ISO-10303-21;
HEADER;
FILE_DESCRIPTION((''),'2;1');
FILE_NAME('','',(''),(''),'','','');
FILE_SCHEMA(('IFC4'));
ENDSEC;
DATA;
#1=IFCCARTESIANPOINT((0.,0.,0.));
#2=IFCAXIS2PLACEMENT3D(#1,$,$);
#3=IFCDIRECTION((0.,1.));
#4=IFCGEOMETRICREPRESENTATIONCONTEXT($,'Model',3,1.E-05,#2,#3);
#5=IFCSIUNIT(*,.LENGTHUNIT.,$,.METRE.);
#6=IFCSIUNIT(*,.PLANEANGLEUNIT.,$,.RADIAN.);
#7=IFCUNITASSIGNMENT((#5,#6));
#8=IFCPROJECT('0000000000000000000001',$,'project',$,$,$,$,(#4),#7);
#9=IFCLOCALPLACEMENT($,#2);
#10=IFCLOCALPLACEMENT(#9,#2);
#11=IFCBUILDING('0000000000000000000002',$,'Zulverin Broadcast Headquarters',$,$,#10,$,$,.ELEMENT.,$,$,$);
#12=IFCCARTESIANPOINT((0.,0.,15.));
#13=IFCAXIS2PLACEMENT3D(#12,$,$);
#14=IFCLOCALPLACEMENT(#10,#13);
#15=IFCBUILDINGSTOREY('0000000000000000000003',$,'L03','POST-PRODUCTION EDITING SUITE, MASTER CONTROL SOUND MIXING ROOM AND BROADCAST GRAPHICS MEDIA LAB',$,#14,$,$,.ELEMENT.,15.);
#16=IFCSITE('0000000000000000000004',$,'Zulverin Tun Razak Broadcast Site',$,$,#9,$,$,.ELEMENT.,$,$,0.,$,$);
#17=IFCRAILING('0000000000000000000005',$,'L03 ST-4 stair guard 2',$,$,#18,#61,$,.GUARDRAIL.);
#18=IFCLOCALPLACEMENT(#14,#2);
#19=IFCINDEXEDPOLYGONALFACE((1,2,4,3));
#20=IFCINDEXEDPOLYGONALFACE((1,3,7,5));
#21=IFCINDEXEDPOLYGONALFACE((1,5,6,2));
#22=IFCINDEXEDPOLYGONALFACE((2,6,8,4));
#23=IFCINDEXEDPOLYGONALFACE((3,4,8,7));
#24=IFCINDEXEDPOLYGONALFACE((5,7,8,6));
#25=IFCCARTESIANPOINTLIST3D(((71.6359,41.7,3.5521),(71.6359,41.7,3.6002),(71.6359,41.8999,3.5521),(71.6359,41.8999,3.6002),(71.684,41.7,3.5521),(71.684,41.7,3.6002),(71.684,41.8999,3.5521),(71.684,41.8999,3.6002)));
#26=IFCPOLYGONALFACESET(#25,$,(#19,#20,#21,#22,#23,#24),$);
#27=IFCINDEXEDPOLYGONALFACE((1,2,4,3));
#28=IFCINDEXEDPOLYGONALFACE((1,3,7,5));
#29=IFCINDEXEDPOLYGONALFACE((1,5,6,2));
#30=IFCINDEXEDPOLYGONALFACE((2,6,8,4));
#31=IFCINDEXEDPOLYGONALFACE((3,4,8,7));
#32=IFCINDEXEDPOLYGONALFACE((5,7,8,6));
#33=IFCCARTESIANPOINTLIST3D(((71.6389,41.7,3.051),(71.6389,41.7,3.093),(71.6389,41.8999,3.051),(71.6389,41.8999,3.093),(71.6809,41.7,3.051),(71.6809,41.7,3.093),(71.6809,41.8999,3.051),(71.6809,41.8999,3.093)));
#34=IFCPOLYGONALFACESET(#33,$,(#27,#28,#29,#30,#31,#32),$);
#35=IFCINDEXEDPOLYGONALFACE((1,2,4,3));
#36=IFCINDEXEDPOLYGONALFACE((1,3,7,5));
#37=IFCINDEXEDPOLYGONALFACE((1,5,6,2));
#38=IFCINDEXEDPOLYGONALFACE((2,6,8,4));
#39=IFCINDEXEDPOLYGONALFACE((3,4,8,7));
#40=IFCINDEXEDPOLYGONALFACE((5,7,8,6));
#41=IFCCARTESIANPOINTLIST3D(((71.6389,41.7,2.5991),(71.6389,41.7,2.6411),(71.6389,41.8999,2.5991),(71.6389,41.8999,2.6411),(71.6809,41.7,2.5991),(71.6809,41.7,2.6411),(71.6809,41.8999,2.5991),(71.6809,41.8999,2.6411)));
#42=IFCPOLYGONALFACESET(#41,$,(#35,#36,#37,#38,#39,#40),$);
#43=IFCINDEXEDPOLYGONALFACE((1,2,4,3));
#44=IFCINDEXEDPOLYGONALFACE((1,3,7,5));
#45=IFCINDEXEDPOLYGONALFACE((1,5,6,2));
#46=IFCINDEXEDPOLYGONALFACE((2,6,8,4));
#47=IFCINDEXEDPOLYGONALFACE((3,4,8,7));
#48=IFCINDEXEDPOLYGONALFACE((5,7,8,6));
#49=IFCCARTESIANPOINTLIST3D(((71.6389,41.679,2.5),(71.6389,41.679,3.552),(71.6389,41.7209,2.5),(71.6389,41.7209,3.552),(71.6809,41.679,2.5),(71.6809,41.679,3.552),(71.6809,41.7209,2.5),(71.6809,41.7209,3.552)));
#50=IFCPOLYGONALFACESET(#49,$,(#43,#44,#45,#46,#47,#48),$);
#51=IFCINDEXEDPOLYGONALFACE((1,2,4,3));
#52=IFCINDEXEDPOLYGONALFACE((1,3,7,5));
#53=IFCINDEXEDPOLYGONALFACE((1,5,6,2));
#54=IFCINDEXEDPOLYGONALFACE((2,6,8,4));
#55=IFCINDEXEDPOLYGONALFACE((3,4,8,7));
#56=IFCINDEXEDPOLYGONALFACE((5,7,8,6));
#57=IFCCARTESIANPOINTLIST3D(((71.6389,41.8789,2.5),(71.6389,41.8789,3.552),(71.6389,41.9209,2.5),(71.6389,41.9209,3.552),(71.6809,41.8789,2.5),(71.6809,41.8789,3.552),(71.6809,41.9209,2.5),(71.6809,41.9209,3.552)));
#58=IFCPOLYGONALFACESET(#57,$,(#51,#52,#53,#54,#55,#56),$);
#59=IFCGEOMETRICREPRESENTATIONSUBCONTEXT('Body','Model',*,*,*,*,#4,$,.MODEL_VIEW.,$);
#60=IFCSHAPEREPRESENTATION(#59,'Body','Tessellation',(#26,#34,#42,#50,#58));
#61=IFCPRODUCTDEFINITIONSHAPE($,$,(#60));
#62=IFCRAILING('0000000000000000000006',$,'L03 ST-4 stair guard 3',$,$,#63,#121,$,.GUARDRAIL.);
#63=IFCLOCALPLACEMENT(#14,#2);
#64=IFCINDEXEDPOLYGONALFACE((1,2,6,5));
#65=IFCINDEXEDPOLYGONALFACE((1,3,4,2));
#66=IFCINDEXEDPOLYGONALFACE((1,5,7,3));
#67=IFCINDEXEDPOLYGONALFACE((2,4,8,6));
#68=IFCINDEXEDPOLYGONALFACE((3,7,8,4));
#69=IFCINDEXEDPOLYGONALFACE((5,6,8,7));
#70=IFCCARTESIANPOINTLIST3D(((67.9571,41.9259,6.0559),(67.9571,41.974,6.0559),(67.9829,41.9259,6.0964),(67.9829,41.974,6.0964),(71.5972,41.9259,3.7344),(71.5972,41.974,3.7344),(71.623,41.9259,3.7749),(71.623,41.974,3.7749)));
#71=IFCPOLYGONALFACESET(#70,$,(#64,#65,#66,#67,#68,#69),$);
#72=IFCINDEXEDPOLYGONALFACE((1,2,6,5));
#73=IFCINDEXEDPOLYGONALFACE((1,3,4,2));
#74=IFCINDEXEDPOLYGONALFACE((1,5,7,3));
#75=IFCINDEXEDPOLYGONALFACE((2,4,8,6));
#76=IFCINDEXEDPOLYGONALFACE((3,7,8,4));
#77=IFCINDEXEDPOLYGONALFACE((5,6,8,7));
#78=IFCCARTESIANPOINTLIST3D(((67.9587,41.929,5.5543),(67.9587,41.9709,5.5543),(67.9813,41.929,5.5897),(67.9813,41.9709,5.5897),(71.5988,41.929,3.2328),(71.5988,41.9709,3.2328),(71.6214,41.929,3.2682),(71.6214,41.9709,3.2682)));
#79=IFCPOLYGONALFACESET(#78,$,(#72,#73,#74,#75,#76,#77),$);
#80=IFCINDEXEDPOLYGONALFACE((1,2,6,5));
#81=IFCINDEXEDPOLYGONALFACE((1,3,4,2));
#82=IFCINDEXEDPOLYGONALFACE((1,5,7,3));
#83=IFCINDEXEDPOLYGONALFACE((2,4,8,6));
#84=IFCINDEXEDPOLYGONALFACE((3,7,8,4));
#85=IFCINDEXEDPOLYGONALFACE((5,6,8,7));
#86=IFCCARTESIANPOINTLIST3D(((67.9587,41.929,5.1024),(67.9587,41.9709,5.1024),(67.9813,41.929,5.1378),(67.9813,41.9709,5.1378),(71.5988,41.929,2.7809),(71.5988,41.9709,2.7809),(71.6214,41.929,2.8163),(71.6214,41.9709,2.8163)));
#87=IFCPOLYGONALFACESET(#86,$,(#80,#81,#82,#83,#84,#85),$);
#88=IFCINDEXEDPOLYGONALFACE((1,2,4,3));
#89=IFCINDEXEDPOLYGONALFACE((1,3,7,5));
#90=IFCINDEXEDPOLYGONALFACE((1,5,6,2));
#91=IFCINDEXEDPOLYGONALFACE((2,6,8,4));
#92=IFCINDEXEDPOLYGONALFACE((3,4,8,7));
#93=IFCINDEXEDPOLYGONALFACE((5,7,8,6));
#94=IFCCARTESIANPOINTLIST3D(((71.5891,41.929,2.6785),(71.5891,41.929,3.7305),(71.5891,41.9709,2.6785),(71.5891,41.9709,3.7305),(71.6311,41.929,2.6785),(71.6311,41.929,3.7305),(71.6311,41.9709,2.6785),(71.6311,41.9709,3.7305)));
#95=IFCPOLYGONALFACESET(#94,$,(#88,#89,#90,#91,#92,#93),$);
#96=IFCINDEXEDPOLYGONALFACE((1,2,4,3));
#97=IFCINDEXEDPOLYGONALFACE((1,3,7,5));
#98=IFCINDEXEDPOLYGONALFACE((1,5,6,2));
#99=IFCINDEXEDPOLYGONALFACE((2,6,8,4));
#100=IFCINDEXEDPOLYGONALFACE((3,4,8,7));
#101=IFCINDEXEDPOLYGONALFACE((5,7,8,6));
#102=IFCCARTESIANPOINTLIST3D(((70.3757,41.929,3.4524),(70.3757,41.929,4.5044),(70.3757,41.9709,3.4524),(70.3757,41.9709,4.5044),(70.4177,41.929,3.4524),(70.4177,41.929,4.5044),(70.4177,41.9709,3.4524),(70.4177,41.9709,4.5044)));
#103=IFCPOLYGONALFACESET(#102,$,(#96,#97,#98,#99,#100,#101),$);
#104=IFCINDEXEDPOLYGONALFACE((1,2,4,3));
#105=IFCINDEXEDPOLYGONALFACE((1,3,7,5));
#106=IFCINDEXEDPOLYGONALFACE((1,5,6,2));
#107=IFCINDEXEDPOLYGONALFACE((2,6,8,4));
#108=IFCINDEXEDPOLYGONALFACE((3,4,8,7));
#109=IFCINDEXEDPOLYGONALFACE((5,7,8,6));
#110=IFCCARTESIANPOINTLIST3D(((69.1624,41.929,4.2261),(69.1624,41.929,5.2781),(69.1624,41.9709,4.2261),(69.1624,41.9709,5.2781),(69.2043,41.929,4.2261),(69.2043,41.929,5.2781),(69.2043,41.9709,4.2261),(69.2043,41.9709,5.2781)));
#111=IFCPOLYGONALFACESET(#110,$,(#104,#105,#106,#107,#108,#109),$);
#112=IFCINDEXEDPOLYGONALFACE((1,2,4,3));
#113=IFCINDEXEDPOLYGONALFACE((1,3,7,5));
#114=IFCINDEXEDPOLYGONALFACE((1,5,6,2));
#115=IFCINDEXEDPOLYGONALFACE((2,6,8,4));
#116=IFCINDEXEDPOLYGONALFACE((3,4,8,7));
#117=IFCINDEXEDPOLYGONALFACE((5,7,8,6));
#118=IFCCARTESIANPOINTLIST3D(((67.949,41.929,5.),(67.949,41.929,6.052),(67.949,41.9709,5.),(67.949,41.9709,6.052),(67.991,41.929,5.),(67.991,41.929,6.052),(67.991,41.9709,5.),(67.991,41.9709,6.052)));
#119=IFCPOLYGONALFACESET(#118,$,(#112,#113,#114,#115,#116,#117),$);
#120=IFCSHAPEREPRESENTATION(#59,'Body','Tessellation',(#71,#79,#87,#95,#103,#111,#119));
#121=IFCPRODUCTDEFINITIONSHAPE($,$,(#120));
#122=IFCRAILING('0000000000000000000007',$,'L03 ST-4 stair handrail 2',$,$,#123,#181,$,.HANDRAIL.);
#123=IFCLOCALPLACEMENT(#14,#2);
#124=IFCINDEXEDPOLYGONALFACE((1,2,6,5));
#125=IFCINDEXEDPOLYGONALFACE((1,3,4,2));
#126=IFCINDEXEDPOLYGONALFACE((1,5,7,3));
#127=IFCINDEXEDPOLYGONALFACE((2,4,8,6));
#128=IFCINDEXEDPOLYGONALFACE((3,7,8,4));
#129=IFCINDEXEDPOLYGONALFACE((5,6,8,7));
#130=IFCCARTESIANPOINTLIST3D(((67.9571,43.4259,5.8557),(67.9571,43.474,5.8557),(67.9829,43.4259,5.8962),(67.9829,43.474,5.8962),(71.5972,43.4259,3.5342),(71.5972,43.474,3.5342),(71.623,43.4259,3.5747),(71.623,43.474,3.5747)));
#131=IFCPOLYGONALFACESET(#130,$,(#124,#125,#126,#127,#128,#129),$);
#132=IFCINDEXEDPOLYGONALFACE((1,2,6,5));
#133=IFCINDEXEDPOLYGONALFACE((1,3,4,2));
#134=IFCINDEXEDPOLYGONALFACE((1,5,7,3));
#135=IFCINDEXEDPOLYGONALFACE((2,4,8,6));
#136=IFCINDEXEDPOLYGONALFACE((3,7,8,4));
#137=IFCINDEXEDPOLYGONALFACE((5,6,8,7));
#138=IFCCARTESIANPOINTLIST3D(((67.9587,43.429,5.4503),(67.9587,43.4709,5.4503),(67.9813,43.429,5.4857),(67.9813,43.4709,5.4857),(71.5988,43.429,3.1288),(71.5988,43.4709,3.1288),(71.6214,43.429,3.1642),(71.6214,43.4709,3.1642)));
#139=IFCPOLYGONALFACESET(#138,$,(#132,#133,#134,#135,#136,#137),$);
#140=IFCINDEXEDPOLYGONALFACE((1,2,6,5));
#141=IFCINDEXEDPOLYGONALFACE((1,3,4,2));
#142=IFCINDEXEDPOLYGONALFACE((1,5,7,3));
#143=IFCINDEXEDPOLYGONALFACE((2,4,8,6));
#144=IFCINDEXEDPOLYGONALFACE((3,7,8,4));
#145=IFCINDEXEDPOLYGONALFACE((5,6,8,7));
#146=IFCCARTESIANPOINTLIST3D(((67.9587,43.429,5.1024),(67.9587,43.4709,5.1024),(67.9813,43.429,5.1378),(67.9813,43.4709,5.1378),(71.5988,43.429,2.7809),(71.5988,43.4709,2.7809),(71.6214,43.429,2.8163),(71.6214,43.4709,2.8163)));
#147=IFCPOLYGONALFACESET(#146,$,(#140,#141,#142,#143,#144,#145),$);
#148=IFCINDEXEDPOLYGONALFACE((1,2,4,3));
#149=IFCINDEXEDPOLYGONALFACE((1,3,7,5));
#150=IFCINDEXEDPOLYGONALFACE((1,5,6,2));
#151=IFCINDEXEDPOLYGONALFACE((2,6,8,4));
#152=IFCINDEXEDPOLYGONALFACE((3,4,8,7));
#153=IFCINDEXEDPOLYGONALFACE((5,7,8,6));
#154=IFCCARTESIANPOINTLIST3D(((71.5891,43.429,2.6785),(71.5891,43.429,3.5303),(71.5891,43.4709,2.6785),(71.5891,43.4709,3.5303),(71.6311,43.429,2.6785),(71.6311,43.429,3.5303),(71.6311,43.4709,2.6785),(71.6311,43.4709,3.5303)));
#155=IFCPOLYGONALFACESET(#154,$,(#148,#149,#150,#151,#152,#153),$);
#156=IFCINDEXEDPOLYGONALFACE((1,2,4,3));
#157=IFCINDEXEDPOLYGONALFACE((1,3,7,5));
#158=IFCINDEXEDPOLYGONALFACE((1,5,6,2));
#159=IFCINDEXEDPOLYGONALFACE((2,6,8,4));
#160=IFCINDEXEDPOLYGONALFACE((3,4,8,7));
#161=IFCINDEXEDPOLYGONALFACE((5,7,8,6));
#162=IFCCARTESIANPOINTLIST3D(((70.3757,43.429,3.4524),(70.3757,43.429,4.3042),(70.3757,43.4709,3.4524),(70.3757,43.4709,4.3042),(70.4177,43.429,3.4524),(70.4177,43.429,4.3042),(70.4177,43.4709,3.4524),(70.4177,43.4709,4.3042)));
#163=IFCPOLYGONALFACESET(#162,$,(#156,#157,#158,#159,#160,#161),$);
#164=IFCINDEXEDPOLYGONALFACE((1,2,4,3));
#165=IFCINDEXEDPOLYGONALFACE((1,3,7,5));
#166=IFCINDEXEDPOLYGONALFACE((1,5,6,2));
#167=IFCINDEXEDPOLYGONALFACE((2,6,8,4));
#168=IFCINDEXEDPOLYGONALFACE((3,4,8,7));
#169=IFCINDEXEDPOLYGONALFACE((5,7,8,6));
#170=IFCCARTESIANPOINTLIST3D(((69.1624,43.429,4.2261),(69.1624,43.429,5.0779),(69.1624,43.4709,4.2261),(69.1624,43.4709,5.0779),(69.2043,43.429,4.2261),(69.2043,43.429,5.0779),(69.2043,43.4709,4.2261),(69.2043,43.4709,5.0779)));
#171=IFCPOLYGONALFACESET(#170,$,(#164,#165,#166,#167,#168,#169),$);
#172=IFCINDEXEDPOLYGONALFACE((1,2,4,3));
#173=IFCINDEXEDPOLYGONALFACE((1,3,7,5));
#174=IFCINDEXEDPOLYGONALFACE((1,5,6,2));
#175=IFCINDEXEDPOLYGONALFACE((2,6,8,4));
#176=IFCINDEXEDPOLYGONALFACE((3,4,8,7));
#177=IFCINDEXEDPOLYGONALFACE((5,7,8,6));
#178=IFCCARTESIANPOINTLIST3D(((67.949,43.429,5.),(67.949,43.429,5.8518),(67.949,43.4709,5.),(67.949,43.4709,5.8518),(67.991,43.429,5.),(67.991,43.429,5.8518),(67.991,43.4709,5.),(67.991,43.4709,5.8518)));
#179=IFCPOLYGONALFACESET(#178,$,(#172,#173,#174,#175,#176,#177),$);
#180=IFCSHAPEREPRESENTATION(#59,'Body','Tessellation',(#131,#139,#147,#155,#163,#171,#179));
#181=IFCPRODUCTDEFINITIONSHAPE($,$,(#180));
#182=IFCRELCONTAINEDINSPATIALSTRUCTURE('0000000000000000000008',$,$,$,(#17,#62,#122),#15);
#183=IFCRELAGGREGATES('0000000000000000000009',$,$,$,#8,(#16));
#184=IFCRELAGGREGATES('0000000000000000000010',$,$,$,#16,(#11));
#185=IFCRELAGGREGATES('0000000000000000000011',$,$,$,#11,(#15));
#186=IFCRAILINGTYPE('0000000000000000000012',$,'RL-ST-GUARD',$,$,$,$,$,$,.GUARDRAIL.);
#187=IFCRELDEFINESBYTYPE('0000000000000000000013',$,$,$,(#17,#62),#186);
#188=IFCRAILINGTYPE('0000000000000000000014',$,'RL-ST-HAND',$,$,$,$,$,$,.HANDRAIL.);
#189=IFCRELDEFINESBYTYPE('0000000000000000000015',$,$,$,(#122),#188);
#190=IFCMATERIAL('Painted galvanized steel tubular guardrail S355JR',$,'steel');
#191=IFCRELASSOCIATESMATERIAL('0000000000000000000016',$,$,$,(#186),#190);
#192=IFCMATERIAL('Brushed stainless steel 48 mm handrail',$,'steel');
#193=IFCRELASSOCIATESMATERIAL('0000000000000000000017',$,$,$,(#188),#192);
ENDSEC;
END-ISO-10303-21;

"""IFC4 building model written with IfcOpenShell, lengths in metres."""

from ifc_helpers import new_model, si_unit, direction, frame, origin, origin_2d, place, context, subcontext, project, spatial, rectangle, extrude, material, type_object, element, save


model = new_model("IFC4")

# Units and contexts
model_context = context("Model", 3, precision=1e-05, world=origin(), true_north=direction((0.0, 1.0)))
body_context = subcontext(model_context, "Body", "Model", "MODEL_VIEW")
ifc_project = project(units=[si_unit("LENGTHUNIT", "METRE"), si_unit("PLANEANGLEUNIT", "RADIAN")], contexts=[model_context])

# Site, building, storey
site_placement = place(None, origin())
site = spatial("IfcSite", under=ifc_project, at=site_placement, Name="Zulverin Tun Razak Broadcast Site", CompositionType="ELEMENT", RefElevation=0.0)
building_placement = place(site_placement, origin())
building = spatial("IfcBuilding", under=site, at=building_placement, Name="Zulverin Broadcast Headquarters", CompositionType="ELEMENT")
storey_placement = place(building_placement, frame((0.0, 0.0, 15.0)))
storey = spatial("IfcBuildingStorey", under=building, at=storey_placement, Name="L03", Description="POST-PRODUCTION EDITING SUITE, MASTER CONTROL SOUND MIXING ROOM AND BROADCAST GRAPHICS MEDIA LAB", CompositionType="ELEMENT", Elevation=15.0)

# Railings
ifc_material_1 = material(Name="Painted galvanized steel tubular guardrail S355JR", Category="steel")
railing_type_1 = type_object("IfcRailingType", Name="RL-ST-GUARD", PredefinedType="GUARDRAIL", material=ifc_material_1)
railing_1_placement = place(storey_placement, frame((71.6599, 41.7, 2.5)))
element("IfcRailing", 1, at=railing_1_placement, inside=storey, type_object=railing_type_1, Name="L03 ST-4 stair guard 2", PredefinedType="GUARDRAIL", context=body_context, shape_type="SweptSolid", body=[
    extrude(rectangle(XDim=0.0481, YDim=0.0481, at=origin_2d()), frame((0.0, 0.0, 1.0762), z_axis=(0.0, 1.0, 0.0), x_axis=(-1.0, 0.0, 0.0)), (0.0, 0.0, 1.0), 0.2),
    extrude(rectangle(XDim=0.042, YDim=0.042, at=origin_2d()), frame((0.0, 0.0, 0.572), z_axis=(0.0, 1.0, 0.0), x_axis=(-1.0, 0.0, 0.0)), (0.0, 0.0, 1.0), 0.2),
    extrude(rectangle(XDim=0.042, YDim=0.042, at=origin_2d()), frame((0.0, 0.0, 0.1201), z_axis=(0.0, 1.0, 0.0), x_axis=(-1.0, 0.0, 0.0)), (0.0, 0.0, 1.0), 0.2),
    extrude(rectangle(XDim=0.042, YDim=0.042, at=origin_2d()), origin(), (0.0, 0.0, 1.0), 1.052),
    extrude(rectangle(XDim=0.042, YDim=0.042, at=origin_2d()), frame((0.0, 0.2, 0.0)), (0.0, 0.0, 1.0), 1.052),
])
railing_2_placement = place(storey_placement, frame((71.6101, 41.95, 2.6785)))
element("IfcRailing", 2, at=railing_2_placement, inside=storey, type_object=railing_type_1, Name="L03 ST-4 stair guard 3", PredefinedType="GUARDRAIL", context=body_context, shape_type="SweptSolid", body=[
    extrude(rectangle(XDim=0.0481, YDim=0.0481, at=origin_2d()), frame((0.0, 0.0, 1.0762), z_axis=(-0.843128, 0.0, 0.537713), x_axis=(0.0, -1.0, 0.0)), (0.0, 0.0, 1.0), 4.3174),
    extrude(rectangle(XDim=0.042, YDim=0.042, at=origin_2d()), frame((0.0, 0.0, 0.572), z_axis=(-0.843128, 0.0, 0.537713), x_axis=(0.0, -1.0, 0.0)), (0.0, 0.0, 1.0), 4.3174),
    extrude(rectangle(XDim=0.042, YDim=0.042, at=origin_2d()), frame((0.0, 0.0, 0.1201), z_axis=(-0.843128, 0.0, 0.537713), x_axis=(0.0, -1.0, 0.0)), (0.0, 0.0, 1.0), 4.3174),
    extrude(rectangle(XDim=0.042, YDim=0.042, at=origin_2d()), origin(), (0.0, 0.0, 1.0), 1.052),
    extrude(rectangle(XDim=0.042, YDim=0.042, at=origin_2d()), frame((-1.2134, 0.0, 0.7739)), (0.0, 0.0, 1.0), 1.052),
    extrude(rectangle(XDim=0.042, YDim=0.042, at=origin_2d()), frame((-2.4268, 0.0, 1.5476)), (0.0, 0.0, 1.0), 1.052),
    extrude(rectangle(XDim=0.042, YDim=0.042, at=origin_2d()), frame((-3.6401, 0.0, 2.3215)), (0.0, 0.0, 1.0), 1.052),
])
ifc_material_2 = material(Name="Brushed stainless steel 48 mm handrail", Category="steel")
railing_type_2 = type_object("IfcRailingType", Name="RL-ST-HAND", PredefinedType="HANDRAIL", material=ifc_material_2)
railing_3_placement = place(storey_placement, frame((71.6101, 43.45, 2.6785)))
element("IfcRailing", 3, at=railing_3_placement, inside=storey, type_object=railing_type_2, Name="L03 ST-4 stair handrail 2", PredefinedType="HANDRAIL", context=body_context, shape_type="SweptSolid", body=[
    extrude(rectangle(XDim=0.0481, YDim=0.0481, at=origin_2d()), frame((0.0, 0.0, 0.876), z_axis=(-0.843128, 0.0, 0.537713), x_axis=(0.0, -1.0, 0.0)), (0.0, 0.0, 1.0), 4.3174),
    extrude(rectangle(XDim=0.042, YDim=0.042, at=origin_2d()), frame((0.0, 0.0, 0.468), z_axis=(-0.843128, 0.0, 0.537713), x_axis=(0.0, -1.0, 0.0)), (0.0, 0.0, 1.0), 4.3174),
    extrude(rectangle(XDim=0.042, YDim=0.042, at=origin_2d()), frame((0.0, 0.0, 0.1201), z_axis=(-0.843128, 0.0, 0.537713), x_axis=(0.0, -1.0, 0.0)), (0.0, 0.0, 1.0), 4.3174),
    extrude(rectangle(XDim=0.042, YDim=0.042, at=origin_2d()), origin(), (0.0, 0.0, 1.0), 0.8518),
    extrude(rectangle(XDim=0.042, YDim=0.042, at=origin_2d()), frame((-1.2134, 0.0, 0.7739)), (0.0, 0.0, 1.0), 0.8518),
    extrude(rectangle(XDim=0.042, YDim=0.042, at=origin_2d()), frame((-2.4268, 0.0, 1.5476)), (0.0, 0.0, 1.0), 0.8518),
    extrude(rectangle(XDim=0.042, YDim=0.042, at=origin_2d()), frame((-3.6401, 0.0, 2.3215)), (0.0, 0.0, 1.0), 0.8518),
])

save(model, "model.ifc")
